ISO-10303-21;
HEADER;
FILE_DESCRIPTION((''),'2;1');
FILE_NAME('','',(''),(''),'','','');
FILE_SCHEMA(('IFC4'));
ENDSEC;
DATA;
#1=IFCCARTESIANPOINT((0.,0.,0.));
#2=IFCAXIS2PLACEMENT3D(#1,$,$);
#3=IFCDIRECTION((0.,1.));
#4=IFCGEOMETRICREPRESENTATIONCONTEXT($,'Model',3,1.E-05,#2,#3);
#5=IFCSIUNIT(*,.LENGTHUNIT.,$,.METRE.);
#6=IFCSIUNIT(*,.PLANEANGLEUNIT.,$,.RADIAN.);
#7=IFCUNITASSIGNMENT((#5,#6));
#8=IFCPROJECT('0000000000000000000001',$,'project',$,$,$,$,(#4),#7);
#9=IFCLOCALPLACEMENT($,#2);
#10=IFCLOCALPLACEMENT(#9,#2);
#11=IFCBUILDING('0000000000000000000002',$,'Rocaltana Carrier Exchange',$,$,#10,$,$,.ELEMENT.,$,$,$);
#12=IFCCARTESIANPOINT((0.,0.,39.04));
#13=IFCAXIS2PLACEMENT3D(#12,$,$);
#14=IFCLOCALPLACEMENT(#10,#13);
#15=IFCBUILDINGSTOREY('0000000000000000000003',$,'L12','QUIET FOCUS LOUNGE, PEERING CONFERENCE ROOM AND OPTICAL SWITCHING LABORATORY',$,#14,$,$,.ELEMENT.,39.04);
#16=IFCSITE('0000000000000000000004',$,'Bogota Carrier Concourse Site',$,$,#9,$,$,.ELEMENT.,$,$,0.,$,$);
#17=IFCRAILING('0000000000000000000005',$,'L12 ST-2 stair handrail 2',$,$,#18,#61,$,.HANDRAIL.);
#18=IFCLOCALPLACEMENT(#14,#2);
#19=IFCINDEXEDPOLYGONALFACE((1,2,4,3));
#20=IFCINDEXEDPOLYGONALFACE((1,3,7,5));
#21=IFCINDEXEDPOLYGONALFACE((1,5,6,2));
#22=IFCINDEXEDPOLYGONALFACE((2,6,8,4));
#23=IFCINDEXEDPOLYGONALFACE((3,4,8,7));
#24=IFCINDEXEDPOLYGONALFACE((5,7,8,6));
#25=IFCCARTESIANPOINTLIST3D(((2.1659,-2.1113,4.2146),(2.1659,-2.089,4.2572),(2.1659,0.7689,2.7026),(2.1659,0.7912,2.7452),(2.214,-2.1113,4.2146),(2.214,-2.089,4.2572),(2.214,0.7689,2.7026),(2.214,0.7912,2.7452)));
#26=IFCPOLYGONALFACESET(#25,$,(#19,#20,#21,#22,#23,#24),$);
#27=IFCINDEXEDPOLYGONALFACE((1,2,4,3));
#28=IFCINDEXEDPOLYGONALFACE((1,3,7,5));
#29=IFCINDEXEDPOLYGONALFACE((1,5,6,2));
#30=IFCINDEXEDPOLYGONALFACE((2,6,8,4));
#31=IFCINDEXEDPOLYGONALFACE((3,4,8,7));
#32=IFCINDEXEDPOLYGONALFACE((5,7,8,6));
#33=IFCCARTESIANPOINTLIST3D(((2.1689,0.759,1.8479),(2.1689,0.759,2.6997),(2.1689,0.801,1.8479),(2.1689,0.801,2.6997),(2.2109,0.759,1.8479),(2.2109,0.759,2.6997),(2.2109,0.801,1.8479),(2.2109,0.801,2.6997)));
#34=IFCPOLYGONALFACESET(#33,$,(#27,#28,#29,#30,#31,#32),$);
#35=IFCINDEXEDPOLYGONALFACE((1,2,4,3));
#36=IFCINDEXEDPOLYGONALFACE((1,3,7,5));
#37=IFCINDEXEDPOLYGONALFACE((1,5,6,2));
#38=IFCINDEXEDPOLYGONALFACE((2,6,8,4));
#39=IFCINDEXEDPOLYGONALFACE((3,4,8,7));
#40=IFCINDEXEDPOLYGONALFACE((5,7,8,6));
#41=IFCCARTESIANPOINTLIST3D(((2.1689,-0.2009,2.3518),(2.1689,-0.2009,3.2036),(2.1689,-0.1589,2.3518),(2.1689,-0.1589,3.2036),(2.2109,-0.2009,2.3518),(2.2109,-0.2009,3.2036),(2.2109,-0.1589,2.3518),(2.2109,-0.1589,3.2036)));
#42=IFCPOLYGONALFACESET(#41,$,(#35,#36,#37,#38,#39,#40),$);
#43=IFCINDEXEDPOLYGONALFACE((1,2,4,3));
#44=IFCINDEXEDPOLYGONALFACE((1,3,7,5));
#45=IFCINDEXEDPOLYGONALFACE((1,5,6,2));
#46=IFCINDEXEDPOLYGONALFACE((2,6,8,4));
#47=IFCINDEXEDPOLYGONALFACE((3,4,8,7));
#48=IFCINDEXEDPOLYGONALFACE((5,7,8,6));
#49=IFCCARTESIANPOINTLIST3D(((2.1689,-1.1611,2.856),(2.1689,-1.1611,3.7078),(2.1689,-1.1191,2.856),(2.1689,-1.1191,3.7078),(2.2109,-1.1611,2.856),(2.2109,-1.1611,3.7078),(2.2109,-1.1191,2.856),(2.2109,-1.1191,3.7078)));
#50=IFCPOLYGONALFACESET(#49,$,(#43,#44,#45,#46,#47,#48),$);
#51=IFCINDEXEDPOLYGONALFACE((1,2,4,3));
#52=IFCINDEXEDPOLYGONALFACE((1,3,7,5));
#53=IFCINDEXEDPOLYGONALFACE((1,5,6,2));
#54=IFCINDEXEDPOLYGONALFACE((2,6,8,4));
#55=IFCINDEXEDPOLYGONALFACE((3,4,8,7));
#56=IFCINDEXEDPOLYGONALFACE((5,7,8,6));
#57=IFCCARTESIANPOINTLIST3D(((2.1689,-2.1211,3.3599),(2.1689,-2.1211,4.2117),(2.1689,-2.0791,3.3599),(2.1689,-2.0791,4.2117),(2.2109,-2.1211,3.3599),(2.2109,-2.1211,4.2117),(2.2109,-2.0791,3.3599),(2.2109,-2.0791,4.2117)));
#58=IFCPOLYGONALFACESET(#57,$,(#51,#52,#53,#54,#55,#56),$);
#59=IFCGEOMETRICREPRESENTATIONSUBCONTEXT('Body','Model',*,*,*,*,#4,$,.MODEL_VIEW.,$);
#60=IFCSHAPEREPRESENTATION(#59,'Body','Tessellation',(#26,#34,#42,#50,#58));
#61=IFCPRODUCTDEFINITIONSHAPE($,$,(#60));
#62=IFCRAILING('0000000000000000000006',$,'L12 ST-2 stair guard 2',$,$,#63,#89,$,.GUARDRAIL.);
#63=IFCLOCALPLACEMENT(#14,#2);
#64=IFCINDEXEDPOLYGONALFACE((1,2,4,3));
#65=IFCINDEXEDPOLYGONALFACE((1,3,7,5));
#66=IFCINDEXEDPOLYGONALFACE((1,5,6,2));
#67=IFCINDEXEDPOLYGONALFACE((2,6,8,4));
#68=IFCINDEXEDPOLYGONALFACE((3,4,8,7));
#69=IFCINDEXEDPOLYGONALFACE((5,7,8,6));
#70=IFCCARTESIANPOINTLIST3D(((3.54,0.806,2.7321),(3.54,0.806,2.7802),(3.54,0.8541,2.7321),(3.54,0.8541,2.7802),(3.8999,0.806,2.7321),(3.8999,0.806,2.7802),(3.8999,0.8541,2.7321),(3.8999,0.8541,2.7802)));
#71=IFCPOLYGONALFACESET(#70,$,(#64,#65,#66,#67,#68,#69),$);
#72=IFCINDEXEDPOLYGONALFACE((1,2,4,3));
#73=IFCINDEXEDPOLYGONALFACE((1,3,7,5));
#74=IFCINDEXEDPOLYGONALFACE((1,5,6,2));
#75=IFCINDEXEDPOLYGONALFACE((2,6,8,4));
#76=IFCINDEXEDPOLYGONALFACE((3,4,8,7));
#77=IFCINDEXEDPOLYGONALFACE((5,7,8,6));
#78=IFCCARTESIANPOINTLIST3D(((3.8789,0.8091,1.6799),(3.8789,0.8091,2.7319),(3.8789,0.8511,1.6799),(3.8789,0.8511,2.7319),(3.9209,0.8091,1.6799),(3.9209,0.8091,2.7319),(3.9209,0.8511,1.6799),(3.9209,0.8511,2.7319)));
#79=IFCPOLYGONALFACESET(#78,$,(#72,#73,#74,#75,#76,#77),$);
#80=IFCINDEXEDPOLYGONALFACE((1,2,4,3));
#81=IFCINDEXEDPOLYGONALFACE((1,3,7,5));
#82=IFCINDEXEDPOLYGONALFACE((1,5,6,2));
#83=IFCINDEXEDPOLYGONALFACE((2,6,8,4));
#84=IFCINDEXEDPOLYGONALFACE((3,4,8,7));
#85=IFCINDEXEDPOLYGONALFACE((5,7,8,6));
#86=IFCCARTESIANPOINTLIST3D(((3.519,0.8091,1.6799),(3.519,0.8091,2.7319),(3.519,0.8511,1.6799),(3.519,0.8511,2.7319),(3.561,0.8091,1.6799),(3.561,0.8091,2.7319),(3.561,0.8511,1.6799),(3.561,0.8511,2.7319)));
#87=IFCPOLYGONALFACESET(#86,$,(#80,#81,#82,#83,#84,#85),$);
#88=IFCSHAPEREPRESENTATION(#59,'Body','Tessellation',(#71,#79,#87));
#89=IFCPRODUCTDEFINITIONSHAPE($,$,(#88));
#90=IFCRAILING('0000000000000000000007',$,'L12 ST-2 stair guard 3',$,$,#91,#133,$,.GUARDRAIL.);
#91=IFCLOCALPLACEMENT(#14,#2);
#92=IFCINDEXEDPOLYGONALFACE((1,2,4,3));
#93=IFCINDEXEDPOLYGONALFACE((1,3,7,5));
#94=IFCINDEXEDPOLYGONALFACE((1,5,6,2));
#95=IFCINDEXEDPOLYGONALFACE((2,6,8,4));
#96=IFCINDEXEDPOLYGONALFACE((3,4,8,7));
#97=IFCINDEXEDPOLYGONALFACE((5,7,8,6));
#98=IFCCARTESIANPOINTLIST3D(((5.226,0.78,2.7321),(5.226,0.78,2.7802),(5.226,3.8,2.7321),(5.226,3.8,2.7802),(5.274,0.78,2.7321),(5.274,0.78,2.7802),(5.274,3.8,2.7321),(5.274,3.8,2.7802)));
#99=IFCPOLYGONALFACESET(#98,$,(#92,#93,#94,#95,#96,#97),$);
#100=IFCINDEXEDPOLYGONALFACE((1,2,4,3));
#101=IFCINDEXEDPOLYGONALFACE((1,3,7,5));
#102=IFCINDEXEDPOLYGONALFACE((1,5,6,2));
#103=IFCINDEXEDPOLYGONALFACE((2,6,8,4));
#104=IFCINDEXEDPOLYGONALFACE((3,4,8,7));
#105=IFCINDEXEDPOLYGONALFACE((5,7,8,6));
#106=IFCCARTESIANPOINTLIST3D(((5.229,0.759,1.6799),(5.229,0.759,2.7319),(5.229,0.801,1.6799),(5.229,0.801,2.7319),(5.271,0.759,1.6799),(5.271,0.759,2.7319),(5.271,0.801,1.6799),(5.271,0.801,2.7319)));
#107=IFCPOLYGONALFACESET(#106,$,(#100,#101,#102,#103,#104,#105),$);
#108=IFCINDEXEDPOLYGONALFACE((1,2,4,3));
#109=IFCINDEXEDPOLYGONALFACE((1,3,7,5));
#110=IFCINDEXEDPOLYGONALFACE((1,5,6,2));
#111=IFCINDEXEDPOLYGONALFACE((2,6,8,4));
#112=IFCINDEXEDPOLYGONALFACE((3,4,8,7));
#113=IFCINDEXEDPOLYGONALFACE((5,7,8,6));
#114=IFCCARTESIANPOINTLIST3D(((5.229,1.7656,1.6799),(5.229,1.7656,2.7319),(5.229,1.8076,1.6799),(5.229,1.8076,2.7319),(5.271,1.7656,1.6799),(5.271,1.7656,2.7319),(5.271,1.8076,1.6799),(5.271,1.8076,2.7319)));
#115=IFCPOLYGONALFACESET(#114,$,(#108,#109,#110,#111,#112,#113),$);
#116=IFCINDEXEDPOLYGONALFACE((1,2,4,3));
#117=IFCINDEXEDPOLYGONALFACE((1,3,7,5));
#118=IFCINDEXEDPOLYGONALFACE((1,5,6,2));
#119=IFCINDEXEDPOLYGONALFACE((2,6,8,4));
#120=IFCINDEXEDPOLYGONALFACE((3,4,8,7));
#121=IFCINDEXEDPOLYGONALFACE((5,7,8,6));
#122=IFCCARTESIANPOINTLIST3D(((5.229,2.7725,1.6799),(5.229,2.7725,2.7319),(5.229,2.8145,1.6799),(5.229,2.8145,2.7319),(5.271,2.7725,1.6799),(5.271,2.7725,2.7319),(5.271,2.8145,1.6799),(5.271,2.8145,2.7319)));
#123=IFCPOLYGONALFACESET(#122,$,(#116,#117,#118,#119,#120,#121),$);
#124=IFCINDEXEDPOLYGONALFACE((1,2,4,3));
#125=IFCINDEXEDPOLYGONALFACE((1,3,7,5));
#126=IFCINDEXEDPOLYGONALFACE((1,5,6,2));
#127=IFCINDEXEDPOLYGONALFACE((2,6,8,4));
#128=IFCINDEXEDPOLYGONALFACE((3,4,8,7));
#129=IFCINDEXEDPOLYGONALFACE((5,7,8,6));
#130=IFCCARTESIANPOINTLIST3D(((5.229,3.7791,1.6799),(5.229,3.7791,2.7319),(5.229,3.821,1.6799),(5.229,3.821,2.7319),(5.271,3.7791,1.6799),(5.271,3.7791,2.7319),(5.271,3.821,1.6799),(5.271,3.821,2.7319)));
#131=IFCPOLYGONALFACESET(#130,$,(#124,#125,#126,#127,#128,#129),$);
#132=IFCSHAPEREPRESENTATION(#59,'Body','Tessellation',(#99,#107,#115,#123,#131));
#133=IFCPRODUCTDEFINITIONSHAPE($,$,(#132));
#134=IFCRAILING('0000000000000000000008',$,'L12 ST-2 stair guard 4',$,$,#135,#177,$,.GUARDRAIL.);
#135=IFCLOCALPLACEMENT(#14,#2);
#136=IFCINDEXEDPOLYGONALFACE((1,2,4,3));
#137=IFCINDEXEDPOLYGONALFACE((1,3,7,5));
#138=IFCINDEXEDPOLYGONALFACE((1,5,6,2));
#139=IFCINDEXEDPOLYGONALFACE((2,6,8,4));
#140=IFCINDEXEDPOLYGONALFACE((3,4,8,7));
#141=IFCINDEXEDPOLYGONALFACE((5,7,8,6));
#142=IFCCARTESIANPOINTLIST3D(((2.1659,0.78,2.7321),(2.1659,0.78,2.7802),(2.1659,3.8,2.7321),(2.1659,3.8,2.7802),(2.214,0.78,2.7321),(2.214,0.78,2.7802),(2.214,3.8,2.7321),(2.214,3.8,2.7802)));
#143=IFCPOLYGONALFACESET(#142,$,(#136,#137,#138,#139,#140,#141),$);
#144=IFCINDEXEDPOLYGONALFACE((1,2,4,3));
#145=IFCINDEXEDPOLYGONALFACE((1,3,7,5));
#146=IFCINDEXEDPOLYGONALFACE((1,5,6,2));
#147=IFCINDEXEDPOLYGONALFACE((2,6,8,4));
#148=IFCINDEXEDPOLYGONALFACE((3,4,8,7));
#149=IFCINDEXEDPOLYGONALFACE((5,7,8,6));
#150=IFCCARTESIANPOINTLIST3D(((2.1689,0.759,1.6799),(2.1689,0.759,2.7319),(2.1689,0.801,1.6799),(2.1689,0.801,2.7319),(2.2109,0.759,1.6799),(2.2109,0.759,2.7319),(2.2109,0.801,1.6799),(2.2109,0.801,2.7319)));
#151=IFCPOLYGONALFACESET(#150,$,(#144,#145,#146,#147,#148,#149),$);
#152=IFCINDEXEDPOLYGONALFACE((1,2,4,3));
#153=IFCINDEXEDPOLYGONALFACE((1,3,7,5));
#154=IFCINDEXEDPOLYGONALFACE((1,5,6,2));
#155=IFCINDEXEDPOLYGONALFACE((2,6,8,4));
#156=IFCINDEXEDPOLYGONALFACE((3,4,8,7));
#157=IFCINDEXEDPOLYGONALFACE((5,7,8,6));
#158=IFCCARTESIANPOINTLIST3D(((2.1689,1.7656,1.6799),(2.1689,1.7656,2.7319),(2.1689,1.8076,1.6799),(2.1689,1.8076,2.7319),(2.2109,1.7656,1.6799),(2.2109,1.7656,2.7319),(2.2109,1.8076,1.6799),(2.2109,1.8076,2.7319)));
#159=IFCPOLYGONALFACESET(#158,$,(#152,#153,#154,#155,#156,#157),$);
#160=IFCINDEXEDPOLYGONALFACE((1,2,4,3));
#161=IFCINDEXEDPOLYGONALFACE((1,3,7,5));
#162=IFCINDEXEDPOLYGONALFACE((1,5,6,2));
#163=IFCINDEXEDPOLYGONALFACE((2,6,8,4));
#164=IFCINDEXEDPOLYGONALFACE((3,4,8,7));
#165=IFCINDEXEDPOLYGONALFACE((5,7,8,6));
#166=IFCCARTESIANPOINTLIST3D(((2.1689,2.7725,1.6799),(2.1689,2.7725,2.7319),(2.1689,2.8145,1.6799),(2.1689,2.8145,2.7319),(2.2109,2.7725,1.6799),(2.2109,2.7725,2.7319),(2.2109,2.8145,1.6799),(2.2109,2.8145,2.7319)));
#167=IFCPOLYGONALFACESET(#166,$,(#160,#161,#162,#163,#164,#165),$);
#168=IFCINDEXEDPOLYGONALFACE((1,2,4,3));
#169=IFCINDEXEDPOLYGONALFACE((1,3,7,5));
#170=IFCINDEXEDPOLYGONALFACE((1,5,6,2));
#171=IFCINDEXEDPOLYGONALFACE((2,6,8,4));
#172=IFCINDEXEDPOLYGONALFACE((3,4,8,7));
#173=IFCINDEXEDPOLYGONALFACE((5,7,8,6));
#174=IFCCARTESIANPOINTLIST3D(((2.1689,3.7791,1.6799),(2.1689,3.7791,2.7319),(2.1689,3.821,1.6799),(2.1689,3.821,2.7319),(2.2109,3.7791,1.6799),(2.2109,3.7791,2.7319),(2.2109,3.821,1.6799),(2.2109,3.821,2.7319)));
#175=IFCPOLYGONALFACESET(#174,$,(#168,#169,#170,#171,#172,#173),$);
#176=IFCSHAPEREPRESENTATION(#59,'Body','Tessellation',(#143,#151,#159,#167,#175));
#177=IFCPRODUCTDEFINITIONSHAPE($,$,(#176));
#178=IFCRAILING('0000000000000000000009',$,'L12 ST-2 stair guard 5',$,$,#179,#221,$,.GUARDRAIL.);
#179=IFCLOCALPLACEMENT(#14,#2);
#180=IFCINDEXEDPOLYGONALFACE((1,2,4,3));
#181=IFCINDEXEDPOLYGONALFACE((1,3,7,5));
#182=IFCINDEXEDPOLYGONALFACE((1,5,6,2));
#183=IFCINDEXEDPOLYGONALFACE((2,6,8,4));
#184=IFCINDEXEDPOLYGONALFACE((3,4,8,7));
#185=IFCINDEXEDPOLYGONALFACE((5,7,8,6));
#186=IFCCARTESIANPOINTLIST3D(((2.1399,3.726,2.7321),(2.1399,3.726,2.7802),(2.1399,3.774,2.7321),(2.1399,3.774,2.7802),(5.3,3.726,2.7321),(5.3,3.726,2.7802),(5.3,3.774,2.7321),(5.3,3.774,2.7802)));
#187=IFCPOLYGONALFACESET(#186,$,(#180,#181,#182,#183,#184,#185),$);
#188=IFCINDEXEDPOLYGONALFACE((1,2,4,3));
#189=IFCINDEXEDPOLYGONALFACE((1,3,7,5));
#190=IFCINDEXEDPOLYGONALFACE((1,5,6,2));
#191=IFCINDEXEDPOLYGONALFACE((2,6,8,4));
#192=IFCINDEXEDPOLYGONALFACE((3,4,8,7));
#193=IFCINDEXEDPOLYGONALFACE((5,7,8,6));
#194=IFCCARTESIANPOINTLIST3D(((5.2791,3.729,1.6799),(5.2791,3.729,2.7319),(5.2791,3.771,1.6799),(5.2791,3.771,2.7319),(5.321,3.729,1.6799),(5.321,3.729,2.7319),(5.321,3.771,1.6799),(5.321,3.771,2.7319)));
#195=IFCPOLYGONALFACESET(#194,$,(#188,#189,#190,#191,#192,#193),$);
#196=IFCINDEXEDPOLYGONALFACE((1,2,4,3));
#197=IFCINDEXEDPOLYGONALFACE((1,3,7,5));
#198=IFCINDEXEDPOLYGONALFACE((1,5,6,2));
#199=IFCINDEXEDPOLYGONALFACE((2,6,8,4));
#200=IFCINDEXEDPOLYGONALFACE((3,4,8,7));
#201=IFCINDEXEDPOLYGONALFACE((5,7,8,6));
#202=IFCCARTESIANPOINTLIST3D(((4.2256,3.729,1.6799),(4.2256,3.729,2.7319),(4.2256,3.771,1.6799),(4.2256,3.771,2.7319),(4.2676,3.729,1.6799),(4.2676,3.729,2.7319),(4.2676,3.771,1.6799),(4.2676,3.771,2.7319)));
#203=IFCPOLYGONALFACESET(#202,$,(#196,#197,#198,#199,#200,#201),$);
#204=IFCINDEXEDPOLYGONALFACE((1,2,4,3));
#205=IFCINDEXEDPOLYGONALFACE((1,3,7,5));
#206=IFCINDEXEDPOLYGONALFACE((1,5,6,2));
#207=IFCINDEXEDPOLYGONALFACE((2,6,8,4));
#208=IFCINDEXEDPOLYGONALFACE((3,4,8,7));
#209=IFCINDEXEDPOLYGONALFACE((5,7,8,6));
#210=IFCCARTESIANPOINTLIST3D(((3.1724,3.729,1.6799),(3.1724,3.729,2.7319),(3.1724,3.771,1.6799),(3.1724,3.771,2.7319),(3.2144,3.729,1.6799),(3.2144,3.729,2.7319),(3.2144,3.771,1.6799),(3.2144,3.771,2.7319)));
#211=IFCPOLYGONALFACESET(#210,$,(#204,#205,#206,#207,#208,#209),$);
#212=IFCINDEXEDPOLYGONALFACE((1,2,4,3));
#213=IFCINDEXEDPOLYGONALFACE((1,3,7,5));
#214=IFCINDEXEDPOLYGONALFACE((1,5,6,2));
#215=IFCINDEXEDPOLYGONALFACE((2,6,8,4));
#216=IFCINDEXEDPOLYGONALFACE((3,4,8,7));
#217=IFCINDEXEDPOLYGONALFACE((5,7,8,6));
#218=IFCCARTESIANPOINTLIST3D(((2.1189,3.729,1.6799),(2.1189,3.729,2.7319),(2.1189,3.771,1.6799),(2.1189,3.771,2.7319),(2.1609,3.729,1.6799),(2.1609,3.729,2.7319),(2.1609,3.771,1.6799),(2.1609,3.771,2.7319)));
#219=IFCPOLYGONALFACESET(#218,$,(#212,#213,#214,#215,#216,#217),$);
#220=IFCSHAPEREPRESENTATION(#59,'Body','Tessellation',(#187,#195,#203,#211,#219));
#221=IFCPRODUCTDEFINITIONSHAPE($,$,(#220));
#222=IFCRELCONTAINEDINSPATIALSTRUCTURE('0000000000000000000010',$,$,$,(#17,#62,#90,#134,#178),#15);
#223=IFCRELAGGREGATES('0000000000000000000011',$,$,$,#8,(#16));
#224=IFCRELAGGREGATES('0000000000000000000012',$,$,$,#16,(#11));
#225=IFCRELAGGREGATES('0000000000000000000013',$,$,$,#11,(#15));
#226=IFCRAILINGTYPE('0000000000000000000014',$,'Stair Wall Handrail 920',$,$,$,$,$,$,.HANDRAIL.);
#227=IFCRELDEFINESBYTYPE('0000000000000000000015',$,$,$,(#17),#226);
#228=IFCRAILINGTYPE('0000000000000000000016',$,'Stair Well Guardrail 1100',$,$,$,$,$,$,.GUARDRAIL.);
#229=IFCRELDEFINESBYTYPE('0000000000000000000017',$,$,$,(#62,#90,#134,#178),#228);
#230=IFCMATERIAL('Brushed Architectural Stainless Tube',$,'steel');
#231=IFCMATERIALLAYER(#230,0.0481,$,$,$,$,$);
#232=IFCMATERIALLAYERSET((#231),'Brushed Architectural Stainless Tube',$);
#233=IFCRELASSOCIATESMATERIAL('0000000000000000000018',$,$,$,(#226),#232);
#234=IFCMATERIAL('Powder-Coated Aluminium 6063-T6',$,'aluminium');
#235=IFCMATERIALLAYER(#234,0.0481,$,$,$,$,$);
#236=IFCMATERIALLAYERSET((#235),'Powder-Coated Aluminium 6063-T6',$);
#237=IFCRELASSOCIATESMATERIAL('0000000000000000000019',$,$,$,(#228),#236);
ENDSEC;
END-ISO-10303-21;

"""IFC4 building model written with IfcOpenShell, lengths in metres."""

from ifc_helpers import new_model, si_unit, direction, frame, origin, origin_2d, place, context, subcontext, project, spatial, rectangle, extrude, material, layer, layer_set, type_object, element, save


model = new_model("IFC4")

# Units and contexts
model_context = context("Model", 3, precision=1e-05, world=origin(), true_north=direction((0.0, 1.0)))
body_context = subcontext(model_context, "Body", "Model", "MODEL_VIEW")
ifc_project = project(units=[si_unit("LENGTHUNIT", "METRE"), si_unit("PLANEANGLEUNIT", "RADIAN")], contexts=[model_context])

# Site, building, storey
site_placement = place(None, origin())
site = spatial("IfcSite", under=ifc_project, at=site_placement, Name="Bogota Carrier Concourse Site", CompositionType="ELEMENT", RefElevation=0.0)
building_placement = place(site_placement, origin())
building = spatial("IfcBuilding", under=site, at=building_placement, Name="Rocaltana Carrier Exchange", CompositionType="ELEMENT")
storey_placement = place(building_placement, frame((0.0, 0.0, 39.04)))
storey = spatial("IfcBuildingStorey", under=building, at=storey_placement, Name="L12", Description="QUIET FOCUS LOUNGE, PEERING CONFERENCE ROOM AND OPTICAL SWITCHING LABORATORY", CompositionType="ELEMENT", Elevation=39.04)

# Railings
ifc_material_1 = material(Name="Brushed Architectural Stainless Tube", Category="steel")
ifc_layer_1 = layer(ifc_material_1, 0.0481)
ifc_layer_set_1 = layer_set([ifc_layer_1], Name="Brushed Architectural Stainless Tube")
railing_type_1 = type_object("IfcRailingType", Name="Stair Wall Handrail 920", PredefinedType="HANDRAIL", material=ifc_layer_set_1)
railing_1_placement = place(storey_placement, frame((2.1899, 0.78, 1.8479)))
element("IfcRailing", 1, at=railing_1_placement, inside=storey, type_object=railing_type_1, Name="L12 ST-2 stair handrail 2", PredefinedType="HANDRAIL", context=body_context, shape_type="SweptSolid", body=[
    extrude(rectangle(XDim=0.0481, YDim=0.0481, at=origin_2d()), frame((0.0, 0.0, 0.876), z_axis=(0.0, -0.885411, 0.464809), x_axis=(1.0, 0.0, 0.0)), (0.0, 0.0, 1.0), 3.2529),
    extrude(rectangle(XDim=0.042, YDim=0.042, at=origin_2d()), origin(), (0.0, 0.0, 1.0), 0.8518),
    extrude(rectangle(XDim=0.042, YDim=0.042, at=origin_2d()), frame((0.0, -0.96, 0.5039)), (0.0, 0.0, 1.0), 0.8518),
    extrude(rectangle(XDim=0.042, YDim=0.042, at=origin_2d()), frame((0.0, -1.9202, 1.0081)), (0.0, 0.0, 1.0), 0.8518),
    extrude(rectangle(XDim=0.042, YDim=0.042, at=origin_2d()), frame((0.0, -2.8801, 1.512)), (0.0, 0.0, 1.0), 0.8518),
])
ifc_material_2 = material(Name="Powder-Coated Aluminium 6063-T6", Category="aluminium")
ifc_layer_2 = layer(ifc_material_2, 0.0481)
ifc_layer_set_2 = layer_set([ifc_layer_2], Name="Powder-Coated Aluminium 6063-T6")
railing_type_2 = type_object("IfcRailingType", Name="Stair Well Guardrail 1100", PredefinedType="GUARDRAIL", material=ifc_layer_set_2)
railing_2_placement = place(storey_placement, frame((3.8999, 0.8301, 1.6799)))
element("IfcRailing", 2, at=railing_2_placement, inside=storey, type_object=railing_type_2, Name="L12 ST-2 stair guard 2", PredefinedType="GUARDRAIL", context=body_context, shape_type="SweptSolid", body=[
    extrude(rectangle(XDim=0.0481, YDim=0.0481, at=origin_2d()), frame((0.0, 0.0, 1.0762), z_axis=(-1.0, 0.0, 0.0), x_axis=(0.0, -1.0, 0.0)), (0.0, 0.0, 1.0), 0.3599),
    extrude(rectangle(XDim=0.042, YDim=0.042, at=origin_2d()), origin(), (0.0, 0.0, 1.0), 1.052),
    extrude(rectangle(XDim=0.042, YDim=0.042, at=origin_2d()), frame((-0.3599, 0.0, 0.0)), (0.0, 0.0, 1.0), 1.052),
])
for number, where, name in (
    (3, (5.25, 0.78, 1.6799), "L12 ST-2 stair guard 3"),
    (4, (2.1899, 0.78, 1.6799), "L12 ST-2 stair guard 4"),
):
    element("IfcRailing", number, at=place(storey_placement, frame(where)), inside=storey, type_object=railing_type_2, Name=name, PredefinedType="GUARDRAIL", context=body_context, shape_type="SweptSolid", body=[
        extrude(rectangle(XDim=0.0481, YDim=0.0481, at=origin_2d()), frame((0.0, 0.0, 1.0762), z_axis=(0.0, 1.0, 0.0), x_axis=(-1.0, 0.0, 0.0)), (0.0, 0.0, 1.0), 3.02),
        extrude(rectangle(XDim=0.042, YDim=0.042, at=origin_2d()), origin(), (0.0, 0.0, 1.0), 1.052),
        extrude(rectangle(XDim=0.042, YDim=0.042, at=origin_2d()), frame((0.0, 1.0066, 0.0)), (0.0, 0.0, 1.0), 1.052),
        extrude(rectangle(XDim=0.042, YDim=0.042, at=origin_2d()), frame((0.0, 2.0134, 0.0)), (0.0, 0.0, 1.0), 1.052),
        extrude(rectangle(XDim=0.042, YDim=0.042, at=origin_2d()), frame((0.0, 3.02, 0.0)), (0.0, 0.0, 1.0), 1.052),
    ])
railing_3_placement = place(storey_placement, frame((5.3, 3.75, 1.6799)))
element("IfcRailing", 5, at=railing_3_placement, inside=storey, type_object=railing_type_2, Name="L12 ST-2 stair guard 5", PredefinedType="GUARDRAIL", context=body_context, shape_type="SweptSolid", body=[
    extrude(rectangle(XDim=0.0481, YDim=0.0481, at=origin_2d()), frame((0.0, 0.0, 1.0762), z_axis=(-1.0, 0.0, 0.0), x_axis=(0.0, -1.0, 0.0)), (0.0, 0.0, 1.0), 3.1602),
    extrude(rectangle(XDim=0.042, YDim=0.042, at=origin_2d()), origin(), (0.0, 0.0, 1.0), 1.052),
    extrude(rectangle(XDim=0.042, YDim=0.042, at=origin_2d()), frame((-1.0535, 0.0, 0.0)), (0.0, 0.0, 1.0), 1.052),
    extrude(rectangle(XDim=0.042, YDim=0.042, at=origin_2d()), frame((-2.1067, 0.0, 0.0)), (0.0, 0.0, 1.0), 1.052),
    extrude(rectangle(XDim=0.042, YDim=0.042, at=origin_2d()), frame((-3.1602, 0.0, 0.0)), (0.0, 0.0, 1.0), 1.052),
])

save(model, "model.ifc")
